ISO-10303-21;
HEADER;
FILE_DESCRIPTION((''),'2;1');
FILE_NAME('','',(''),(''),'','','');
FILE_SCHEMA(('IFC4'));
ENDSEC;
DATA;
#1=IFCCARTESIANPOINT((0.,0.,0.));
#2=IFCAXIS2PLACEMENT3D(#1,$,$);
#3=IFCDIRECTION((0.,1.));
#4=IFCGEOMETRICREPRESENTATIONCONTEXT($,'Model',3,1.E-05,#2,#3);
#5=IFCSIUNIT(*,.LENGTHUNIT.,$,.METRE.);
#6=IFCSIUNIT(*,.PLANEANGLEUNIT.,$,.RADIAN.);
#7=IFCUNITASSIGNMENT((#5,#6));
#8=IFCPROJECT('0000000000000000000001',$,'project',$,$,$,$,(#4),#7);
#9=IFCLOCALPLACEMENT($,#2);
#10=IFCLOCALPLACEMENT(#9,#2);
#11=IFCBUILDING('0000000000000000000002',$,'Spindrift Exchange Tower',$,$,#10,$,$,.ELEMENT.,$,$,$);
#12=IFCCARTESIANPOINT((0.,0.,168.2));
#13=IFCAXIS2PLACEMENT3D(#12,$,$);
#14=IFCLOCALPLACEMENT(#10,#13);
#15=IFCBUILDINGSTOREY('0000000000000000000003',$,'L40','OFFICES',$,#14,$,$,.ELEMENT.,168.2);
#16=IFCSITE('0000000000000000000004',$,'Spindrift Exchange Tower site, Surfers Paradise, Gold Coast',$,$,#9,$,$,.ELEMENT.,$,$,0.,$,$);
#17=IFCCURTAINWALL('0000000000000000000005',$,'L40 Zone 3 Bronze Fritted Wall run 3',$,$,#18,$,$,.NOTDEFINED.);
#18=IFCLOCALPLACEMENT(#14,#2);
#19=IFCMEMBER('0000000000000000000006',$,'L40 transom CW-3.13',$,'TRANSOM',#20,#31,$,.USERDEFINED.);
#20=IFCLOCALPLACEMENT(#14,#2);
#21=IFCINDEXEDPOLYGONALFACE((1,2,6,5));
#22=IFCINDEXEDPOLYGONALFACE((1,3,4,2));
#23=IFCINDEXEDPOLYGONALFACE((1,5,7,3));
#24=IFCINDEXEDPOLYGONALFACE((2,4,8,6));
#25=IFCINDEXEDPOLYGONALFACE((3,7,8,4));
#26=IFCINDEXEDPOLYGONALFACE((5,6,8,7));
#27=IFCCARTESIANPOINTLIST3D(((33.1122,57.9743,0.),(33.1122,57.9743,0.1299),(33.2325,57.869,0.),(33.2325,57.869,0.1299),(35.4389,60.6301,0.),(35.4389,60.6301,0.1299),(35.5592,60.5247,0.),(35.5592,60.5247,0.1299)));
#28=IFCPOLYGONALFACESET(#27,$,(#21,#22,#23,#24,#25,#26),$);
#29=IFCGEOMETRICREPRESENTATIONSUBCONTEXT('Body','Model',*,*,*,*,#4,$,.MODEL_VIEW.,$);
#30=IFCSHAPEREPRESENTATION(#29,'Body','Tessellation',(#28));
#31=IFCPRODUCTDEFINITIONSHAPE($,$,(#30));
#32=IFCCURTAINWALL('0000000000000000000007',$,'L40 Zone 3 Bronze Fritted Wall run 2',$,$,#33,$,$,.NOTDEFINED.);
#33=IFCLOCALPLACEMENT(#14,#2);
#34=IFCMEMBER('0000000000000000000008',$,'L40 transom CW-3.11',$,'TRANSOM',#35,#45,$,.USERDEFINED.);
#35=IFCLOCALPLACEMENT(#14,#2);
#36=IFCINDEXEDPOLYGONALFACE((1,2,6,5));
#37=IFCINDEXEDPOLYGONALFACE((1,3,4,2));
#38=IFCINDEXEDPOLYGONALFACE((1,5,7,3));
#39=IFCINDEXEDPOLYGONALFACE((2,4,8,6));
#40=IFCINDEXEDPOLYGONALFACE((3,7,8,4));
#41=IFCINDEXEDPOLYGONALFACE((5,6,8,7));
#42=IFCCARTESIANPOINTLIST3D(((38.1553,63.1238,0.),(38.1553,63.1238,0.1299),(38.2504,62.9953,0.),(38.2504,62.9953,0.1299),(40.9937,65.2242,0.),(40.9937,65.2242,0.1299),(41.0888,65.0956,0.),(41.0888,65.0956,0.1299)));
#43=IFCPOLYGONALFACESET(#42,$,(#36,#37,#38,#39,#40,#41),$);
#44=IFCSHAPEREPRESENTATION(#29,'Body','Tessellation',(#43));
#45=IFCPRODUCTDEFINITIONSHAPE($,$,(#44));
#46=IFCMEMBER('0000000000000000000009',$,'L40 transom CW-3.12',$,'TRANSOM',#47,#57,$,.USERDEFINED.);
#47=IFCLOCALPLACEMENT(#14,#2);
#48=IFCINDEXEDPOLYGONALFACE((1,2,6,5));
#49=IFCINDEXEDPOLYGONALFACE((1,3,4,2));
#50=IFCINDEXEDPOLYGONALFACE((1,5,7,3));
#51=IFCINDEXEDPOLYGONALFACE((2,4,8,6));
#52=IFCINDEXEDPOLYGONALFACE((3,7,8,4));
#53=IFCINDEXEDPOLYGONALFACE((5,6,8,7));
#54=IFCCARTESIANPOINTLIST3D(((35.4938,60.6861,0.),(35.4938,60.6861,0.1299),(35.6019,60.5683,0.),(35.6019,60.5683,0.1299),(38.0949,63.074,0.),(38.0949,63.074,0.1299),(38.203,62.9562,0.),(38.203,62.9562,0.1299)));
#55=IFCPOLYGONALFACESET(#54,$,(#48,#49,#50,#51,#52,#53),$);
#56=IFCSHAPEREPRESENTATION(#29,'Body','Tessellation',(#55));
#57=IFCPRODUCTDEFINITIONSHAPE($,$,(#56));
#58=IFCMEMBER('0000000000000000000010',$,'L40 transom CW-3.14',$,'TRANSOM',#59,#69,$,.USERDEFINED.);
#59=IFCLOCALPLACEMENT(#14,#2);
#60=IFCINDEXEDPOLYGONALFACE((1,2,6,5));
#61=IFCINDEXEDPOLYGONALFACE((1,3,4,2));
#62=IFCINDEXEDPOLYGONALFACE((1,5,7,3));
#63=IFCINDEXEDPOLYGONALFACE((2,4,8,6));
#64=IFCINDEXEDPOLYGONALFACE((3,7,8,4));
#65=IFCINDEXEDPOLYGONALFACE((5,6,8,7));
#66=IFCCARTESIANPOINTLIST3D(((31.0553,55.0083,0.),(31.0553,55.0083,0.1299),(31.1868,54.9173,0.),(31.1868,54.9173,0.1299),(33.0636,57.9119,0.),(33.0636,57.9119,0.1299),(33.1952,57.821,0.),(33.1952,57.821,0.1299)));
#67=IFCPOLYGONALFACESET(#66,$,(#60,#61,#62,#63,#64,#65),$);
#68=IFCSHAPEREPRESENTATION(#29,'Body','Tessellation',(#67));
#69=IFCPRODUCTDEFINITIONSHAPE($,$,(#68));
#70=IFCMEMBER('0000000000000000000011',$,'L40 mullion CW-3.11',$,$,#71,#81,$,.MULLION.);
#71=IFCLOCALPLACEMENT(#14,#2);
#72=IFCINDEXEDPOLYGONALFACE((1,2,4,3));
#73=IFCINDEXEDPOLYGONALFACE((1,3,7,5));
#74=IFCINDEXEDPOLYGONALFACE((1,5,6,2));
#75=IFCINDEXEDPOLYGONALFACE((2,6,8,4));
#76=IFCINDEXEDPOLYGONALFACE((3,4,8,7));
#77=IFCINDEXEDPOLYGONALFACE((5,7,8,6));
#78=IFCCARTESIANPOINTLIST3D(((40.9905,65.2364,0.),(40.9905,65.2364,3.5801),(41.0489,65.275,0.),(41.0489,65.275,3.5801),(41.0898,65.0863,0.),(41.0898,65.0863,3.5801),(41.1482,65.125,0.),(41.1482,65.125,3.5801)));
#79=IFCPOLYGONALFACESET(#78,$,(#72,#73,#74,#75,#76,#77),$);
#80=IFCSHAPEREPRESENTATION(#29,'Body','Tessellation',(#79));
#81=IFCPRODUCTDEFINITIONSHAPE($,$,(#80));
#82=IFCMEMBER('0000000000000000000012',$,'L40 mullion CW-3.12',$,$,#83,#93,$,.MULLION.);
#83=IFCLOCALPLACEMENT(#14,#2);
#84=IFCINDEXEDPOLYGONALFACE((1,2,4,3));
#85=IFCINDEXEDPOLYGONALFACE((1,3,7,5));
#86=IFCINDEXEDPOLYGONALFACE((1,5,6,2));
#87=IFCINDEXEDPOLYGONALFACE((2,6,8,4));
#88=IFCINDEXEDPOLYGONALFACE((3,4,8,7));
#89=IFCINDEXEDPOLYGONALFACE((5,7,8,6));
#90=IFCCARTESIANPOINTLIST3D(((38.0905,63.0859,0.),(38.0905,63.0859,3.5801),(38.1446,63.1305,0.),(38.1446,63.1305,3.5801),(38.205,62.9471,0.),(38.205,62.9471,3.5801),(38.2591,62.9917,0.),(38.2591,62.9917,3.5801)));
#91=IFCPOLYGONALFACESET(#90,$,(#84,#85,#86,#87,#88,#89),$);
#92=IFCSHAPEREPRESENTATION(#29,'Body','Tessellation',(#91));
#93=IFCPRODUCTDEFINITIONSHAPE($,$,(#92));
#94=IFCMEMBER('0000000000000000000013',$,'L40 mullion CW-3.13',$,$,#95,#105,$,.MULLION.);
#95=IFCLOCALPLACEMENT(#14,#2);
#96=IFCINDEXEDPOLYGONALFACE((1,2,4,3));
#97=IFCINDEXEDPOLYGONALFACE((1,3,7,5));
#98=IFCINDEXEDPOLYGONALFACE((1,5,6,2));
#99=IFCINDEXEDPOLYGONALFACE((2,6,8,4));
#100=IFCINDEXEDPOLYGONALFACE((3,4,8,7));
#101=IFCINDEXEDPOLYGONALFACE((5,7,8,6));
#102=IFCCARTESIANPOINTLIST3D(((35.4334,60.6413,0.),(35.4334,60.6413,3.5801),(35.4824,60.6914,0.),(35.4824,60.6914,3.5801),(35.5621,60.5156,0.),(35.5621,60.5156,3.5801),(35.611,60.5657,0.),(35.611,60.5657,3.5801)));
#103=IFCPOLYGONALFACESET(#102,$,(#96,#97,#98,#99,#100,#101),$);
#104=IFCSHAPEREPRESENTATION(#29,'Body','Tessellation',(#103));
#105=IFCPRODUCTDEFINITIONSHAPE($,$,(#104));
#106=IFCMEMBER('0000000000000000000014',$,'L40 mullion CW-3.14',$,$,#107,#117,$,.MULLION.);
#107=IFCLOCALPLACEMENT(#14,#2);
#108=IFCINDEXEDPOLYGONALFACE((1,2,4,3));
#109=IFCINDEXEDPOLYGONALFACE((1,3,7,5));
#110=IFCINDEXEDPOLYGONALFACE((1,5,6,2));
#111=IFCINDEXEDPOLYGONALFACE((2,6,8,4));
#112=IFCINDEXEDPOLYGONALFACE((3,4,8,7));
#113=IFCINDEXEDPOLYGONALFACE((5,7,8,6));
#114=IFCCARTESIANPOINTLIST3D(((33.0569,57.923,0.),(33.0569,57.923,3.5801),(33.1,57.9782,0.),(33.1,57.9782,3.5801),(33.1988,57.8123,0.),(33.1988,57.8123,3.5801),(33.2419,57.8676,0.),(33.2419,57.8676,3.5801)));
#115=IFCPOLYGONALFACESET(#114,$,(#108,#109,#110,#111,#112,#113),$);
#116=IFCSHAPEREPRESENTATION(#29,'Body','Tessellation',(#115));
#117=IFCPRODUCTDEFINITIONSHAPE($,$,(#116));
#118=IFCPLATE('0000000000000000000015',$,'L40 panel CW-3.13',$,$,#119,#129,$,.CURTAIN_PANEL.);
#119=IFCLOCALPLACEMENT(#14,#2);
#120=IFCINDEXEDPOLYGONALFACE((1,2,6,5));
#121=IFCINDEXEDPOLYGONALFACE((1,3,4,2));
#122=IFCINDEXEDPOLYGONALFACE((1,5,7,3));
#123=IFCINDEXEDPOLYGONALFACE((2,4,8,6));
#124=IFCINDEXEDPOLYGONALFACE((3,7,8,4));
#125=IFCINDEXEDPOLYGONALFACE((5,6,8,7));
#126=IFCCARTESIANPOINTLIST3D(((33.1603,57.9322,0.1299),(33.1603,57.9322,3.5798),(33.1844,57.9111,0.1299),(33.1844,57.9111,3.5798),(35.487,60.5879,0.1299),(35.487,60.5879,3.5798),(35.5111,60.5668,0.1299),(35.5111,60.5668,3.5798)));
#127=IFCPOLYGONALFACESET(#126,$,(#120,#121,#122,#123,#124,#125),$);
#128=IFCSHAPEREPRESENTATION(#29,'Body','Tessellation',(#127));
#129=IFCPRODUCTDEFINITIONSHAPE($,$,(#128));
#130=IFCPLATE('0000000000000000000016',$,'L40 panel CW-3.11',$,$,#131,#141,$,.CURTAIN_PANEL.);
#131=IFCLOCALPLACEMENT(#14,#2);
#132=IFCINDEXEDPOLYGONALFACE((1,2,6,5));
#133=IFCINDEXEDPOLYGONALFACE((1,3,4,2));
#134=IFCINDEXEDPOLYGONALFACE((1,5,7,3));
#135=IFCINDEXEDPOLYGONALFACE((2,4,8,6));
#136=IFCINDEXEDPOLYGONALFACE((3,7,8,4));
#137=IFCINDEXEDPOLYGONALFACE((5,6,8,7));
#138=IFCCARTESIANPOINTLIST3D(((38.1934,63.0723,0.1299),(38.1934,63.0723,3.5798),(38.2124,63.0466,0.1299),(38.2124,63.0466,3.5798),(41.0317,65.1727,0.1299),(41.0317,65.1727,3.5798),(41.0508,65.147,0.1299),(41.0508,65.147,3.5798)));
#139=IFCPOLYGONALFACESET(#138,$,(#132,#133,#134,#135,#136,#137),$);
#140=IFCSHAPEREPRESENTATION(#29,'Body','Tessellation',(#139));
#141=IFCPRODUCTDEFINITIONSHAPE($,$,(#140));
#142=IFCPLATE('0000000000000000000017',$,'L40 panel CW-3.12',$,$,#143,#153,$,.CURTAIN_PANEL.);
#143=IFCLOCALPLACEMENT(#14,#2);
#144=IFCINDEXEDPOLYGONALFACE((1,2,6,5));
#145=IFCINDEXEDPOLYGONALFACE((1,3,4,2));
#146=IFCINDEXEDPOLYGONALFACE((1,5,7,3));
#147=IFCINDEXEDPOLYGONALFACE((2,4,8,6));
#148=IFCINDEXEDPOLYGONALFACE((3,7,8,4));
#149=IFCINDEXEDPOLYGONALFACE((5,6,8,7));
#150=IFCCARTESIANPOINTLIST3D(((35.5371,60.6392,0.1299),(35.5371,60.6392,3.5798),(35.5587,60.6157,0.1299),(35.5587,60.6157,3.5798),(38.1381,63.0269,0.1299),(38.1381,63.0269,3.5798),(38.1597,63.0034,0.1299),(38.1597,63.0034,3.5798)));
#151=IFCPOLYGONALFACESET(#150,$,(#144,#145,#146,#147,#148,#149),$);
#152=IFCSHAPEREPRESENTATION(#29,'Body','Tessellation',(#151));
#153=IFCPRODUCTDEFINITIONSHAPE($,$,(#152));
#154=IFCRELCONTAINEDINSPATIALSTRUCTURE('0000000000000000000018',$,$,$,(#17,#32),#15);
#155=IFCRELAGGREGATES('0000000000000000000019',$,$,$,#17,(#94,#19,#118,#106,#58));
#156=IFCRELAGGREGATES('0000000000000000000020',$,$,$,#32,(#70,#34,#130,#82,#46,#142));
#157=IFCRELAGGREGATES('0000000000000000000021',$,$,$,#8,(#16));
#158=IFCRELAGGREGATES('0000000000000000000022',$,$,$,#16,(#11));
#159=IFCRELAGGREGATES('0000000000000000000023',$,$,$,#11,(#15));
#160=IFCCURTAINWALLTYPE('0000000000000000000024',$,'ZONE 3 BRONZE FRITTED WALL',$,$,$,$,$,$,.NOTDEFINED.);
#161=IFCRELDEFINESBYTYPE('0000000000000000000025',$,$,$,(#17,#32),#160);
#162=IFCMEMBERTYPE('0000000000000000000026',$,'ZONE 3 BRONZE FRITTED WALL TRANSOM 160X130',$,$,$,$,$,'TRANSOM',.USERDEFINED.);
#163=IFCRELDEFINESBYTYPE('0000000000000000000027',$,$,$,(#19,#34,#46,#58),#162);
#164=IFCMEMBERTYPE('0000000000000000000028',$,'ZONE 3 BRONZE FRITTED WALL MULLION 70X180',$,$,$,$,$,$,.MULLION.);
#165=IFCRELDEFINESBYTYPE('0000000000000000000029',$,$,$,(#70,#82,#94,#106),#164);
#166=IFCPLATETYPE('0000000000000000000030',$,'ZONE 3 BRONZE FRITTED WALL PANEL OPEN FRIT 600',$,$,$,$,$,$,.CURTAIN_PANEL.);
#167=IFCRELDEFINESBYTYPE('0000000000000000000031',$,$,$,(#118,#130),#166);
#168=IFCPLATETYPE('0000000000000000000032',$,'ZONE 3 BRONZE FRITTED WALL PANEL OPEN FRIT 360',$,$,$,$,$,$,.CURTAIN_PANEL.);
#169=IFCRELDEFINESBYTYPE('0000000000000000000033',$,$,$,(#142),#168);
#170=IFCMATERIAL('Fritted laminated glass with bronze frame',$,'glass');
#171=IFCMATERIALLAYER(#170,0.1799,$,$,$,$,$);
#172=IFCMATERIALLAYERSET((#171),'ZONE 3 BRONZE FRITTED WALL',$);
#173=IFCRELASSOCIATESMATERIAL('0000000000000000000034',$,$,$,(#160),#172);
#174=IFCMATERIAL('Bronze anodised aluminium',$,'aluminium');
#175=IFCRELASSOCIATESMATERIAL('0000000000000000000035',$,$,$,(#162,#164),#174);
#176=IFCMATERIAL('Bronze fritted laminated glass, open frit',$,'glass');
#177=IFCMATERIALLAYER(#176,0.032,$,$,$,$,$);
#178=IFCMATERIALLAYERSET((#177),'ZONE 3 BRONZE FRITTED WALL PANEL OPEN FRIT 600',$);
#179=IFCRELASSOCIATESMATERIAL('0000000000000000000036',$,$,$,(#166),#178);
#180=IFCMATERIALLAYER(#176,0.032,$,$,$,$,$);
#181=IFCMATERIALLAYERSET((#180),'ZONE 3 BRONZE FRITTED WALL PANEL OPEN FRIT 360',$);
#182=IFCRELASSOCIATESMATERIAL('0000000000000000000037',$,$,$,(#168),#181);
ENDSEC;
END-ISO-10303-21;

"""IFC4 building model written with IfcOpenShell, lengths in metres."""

from ifc_helpers import new_model, si_unit, direction, frame, origin, origin_2d, place, context, subcontext, project, spatial, rectangle, extrude, source, transform, mapped, material, layer, layer_set, material_profile, profile_set, type_object, element, aggregate, save


model = new_model("IFC4")

# Units and contexts
model_context = context("Model", 3, precision=1e-05, world=origin(), true_north=direction((0.0, 1.0)))
body_context = subcontext(model_context, "Body", "Model", "MODEL_VIEW")
ifc_project = project(units=[si_unit("LENGTHUNIT", "METRE"), si_unit("PLANEANGLEUNIT", "RADIAN")], contexts=[model_context])

# Site, building, storey
site_placement = place(None, origin())
site = spatial("IfcSite", under=ifc_project, at=site_placement, Name="Spindrift Exchange Tower site, Surfers Paradise, Gold Coast", CompositionType="ELEMENT", RefElevation=0.0)
building_placement = place(site_placement, origin())
building = spatial("IfcBuilding", under=site, at=building_placement, Name="Spindrift Exchange Tower", CompositionType="ELEMENT")
storey_placement = place(building_placement, frame((0.0, 0.0, 168.2)))
storey = spatial("IfcBuildingStorey", under=building, at=storey_placement, Name="L40", Description="OFFICES", CompositionType="ELEMENT", Elevation=168.2)

# Curtain wall, member
ifc_material_1 = material(Name="Fritted laminated glass with bronze frame", Category="glass")
ifc_layer_1 = layer(ifc_material_1, 0.1799)
ifc_layer_set_1 = layer_set([ifc_layer_1], Name="ZONE 3 BRONZE FRITTED WALL")
curtain_wall_type = type_object("IfcCurtainWallType", Name="ZONE 3 BRONZE FRITTED WALL", PredefinedType="NOTDEFINED", material=ifc_layer_set_1)
curtain_wall_1_placement = place(storey_placement, origin())
curtain_wall_1 = element("IfcCurtainWall", 1, at=curtain_wall_1_placement, inside=storey, type_object=curtain_wall_type, Name="L40 Zone 3 Bronze Fritted Wall run 3", PredefinedType="NOTDEFINED")
ifc_material_2 = material(Name="Bronze anodised aluminium", Category="aluminium")
ifc_material_profile_1 = material_profile(ifc_material_2, rectangle(XDim=0.1599, YDim=0.1299, at=origin_2d()), Name="ZONE 3 BRONZE FRITTED WALL TRANSOM 160X130")
ifc_profile_set_1 = profile_set([ifc_material_profile_1], Name="Bronze anodised aluminium")
member_type_1 = type_object("IfcMemberType", Name="ZONE 3 BRONZE FRITTED WALL TRANSOM 160X130", ElementType="TRANSOM", PredefinedType="USERDEFINED", material=ifc_profile_set_1)
shared_shape_1 = source(origin(), body_context, "Body", "SweptSolid", [
    extrude(rectangle(XDim=0.1599, YDim=0.1299, at=origin_2d()), origin(), (0.0, 0.0, 1.0), 3.5308),
])
member_1_placement = place(storey_placement, frame((35.499, 60.5774, 0.0649), z_axis=(-0.658965, -0.752174, 0.0), x_axis=(0.752174, -0.658965, 0.0)))
member_1 = element("IfcMember", 2, at=member_1_placement, type_object=member_type_1, Name="L40 transom CW-3.13", ObjectType="TRANSOM", PredefinedType="USERDEFINED", context=body_context, shape_type="MappedRepresentation", body=[
    mapped(shared_shape_1, transform((0.0, 0.0, 0.0), scale=1.0)),
])

# Curtain wall, members
curtain_wall_2_placement = place(storey_placement, origin())
curtain_wall_2 = element("IfcCurtainWall", 3, at=curtain_wall_2_placement, inside=storey, type_object=curtain_wall_type, Name="L40 Zone 3 Bronze Fritted Wall run 2", PredefinedType="NOTDEFINED")
shared_shape_2 = source(origin(), body_context, "Body", "SweptSolid", [
    extrude(rectangle(XDim=0.1599, YDim=0.1299, at=origin_2d()), origin(), (0.0, 0.0, 1.0), 3.531),
])
member_2_placement = place(storey_placement, frame((41.0413, 65.1599, 0.0649), z_axis=(-0.80385, -0.594832, 0.0), x_axis=(0.594832, -0.80385, 0.0)))
member_2 = element("IfcMember", 4, at=member_2_placement, type_object=member_type_1, Name="L40 transom CW-3.11", ObjectType="TRANSOM", PredefinedType="USERDEFINED", context=body_context, shape_type="MappedRepresentation", body=[
    mapped(shared_shape_2, transform((0.0, 0.0, 0.0), scale=1.0)),
])
member_3_placement = place(storey_placement, frame((38.1489, 63.0151, 0.0649), z_axis=(-0.736643, -0.676282, 0.0), x_axis=(0.676282, -0.736643, 0.0)))
member_3 = element("IfcMember", 5, at=member_3_placement, type_object=member_type_1, Name="L40 transom CW-3.12", ObjectType="TRANSOM", PredefinedType="USERDEFINED", context=body_context, shape_type="MappedRepresentation", body=[
    mapped(shared_shape_2, transform((0.0, 0.0, 0.0), scale=1.0)),
])

# Members
shared_shape_3 = source(origin(), body_context, "Body", "SweptSolid", [
    extrude(rectangle(XDim=0.1599, YDim=0.1299, at=origin_2d()), origin(), (0.0, 0.0, 1.0), 3.5305),
])
member_4_placement = place(storey_placement, frame((33.1294, 57.8665, 0.0649), z_axis=(-0.568854, -0.822439, 0.0), x_axis=(0.822439, -0.568854, 0.0)))
member_4 = element("IfcMember", 6, at=member_4_placement, type_object=member_type_1, Name="L40 transom CW-3.14", ObjectType="TRANSOM", PredefinedType="USERDEFINED", context=body_context, shape_type="MappedRepresentation", body=[
    mapped(shared_shape_3, transform((0.0, 0.0, 0.0), scale=1.0)),
])
ifc_material_profile_2 = material_profile(ifc_material_2, rectangle(XDim=0.0701, YDim=0.1799, at=origin_2d()), Name="ZONE 3 BRONZE FRITTED WALL MULLION 70X180")
ifc_profile_set_2 = profile_set([ifc_material_profile_2], Name="Bronze anodised aluminium")
member_type_2 = type_object("IfcMemberType", Name="ZONE 3 BRONZE FRITTED WALL MULLION 70X180", PredefinedType="MULLION", material=ifc_profile_set_2)
shared_shape_4 = source(origin(), body_context, "Body", "SweptSolid", [
    extrude(rectangle(XDim=0.0701, YDim=0.1799, at=origin_2d()), origin(), (0.0, 0.0, 1.0), 3.5801),
])
member_5_placement = place(storey_placement, frame((41.0693, 65.1807, 0.0), z_axis=(0.0, 0.0, 1.0), x_axis=(-0.833949, -0.551841, 0.0)))
member_5 = element("IfcMember", 7, at=member_5_placement, type_object=member_type_2, Name="L40 mullion CW-3.11", PredefinedType="MULLION", context=body_context, shape_type="MappedRepresentation", body=[
    mapped(shared_shape_4, transform((0.0, 0.0, 0.0), scale=1.0)),
])
member_6_placement = place(storey_placement, frame((38.1748, 63.0388, 0.0), z_axis=(0.0, 0.0, 1.0), x_axis=(-0.771328, -0.636438, 0.0)))
member_6 = element("IfcMember", 8, at=member_6_placement, type_object=member_type_2, Name="L40 mullion CW-3.12", PredefinedType="MULLION", context=body_context, shape_type="MappedRepresentation", body=[
    mapped(shared_shape_4, transform((0.0, 0.0, 0.0), scale=1.0)),
])
member_7_placement = place(storey_placement, frame((35.5222, 60.6035, 0.0), z_axis=(0.0, 0.0, 1.0), x_axis=(-0.698854, -0.715265, 0.0)))
member_7 = element("IfcMember", 9, at=member_7_placement, type_object=member_type_2, Name="L40 mullion CW-3.13", PredefinedType="MULLION", context=body_context, shape_type="MappedRepresentation", body=[
    mapped(shared_shape_4, transform((0.0, 0.0, 0.0), scale=1.0)),
])
member_8_placement = place(storey_placement, frame((33.1494, 57.8953, 0.0), z_axis=(0.0, 0.0, 1.0), x_axis=(-0.614923, -0.788587, 0.0)))
member_8 = element("IfcMember", 10, at=member_8_placement, type_object=member_type_2, Name="L40 mullion CW-3.14", PredefinedType="MULLION", context=body_context, shape_type="MappedRepresentation", body=[
    mapped(shared_shape_4, transform((0.0, 0.0, 0.0), scale=1.0)),
])

# Plates
ifc_material_3 = material(Name="Bronze fritted laminated glass, open frit", Category="glass")
ifc_layer_2 = layer(ifc_material_3, 0.032)
ifc_layer_set_2 = layer_set([ifc_layer_2], Name="ZONE 3 BRONZE FRITTED WALL PANEL OPEN FRIT 600")
plate_type_1 = type_object("IfcPlateType", Name="ZONE 3 BRONZE FRITTED WALL PANEL OPEN FRIT 600", PredefinedType="CURTAIN_PANEL", material=ifc_layer_set_2)
shared_shape_5 = source(origin(), body_context, "Body", "SweptSolid", [
    extrude(rectangle(XDim=3.5308, YDim=0.032, at=origin_2d()), origin(), (0.0, 0.0, 1.0), 3.45),
])
plate_1_placement = place(storey_placement, frame((34.3357, 59.2495, 0.1299), z_axis=(0.0, 0.0, 1.0), x_axis=(-0.658982, -0.752158, 0.0)))
plate_1 = element("IfcPlate", 11, at=plate_1_placement, type_object=plate_type_1, Name="L40 panel CW-3.13", PredefinedType="CURTAIN_PANEL", context=body_context, shape_type="MappedRepresentation", body=[
    mapped(shared_shape_5, transform((0.0, 0.0, 0.0), scale=1.0)),
])
aggregate(curtain_wall_1, [member_7, member_1, plate_1, member_8, member_4])
shared_shape_6 = source(origin(), body_context, "Body", "SweptSolid", [
    extrude(rectangle(XDim=3.531, YDim=0.032, at=origin_2d()), origin(), (0.0, 0.0, 1.0), 3.45),
])
plate_2_placement = place(storey_placement, frame((39.6221, 64.1096, 0.1299), z_axis=(0.0, 0.0, 1.0), x_axis=(-0.803842, -0.594842, 0.0)))
plate_2 = element("IfcPlate", 12, at=plate_2_placement, type_object=plate_type_1, Name="L40 panel CW-3.11", PredefinedType="CURTAIN_PANEL", context=body_context, shape_type="MappedRepresentation", body=[
    mapped(shared_shape_6, transform((0.0, 0.0, 0.0), scale=1.0)),
])
ifc_layer_3 = layer(ifc_material_3, 0.032)
ifc_layer_set_3 = layer_set([ifc_layer_3], Name="ZONE 3 BRONZE FRITTED WALL PANEL OPEN FRIT 360")
plate_type_2 = type_object("IfcPlateType", Name="ZONE 3 BRONZE FRITTED WALL PANEL OPEN FRIT 360", PredefinedType="CURTAIN_PANEL", material=ifc_layer_set_3)
shared_shape_7 = source(origin(), body_context, "Body", "SweptSolid", [
    extrude(rectangle(XDim=3.5308, YDim=0.032, at=origin_2d()), origin(), (0.0, 0.0, 1.0), 3.45),
])
plate_3_placement = place(storey_placement, frame((36.8484, 61.8213, 0.1299), z_axis=(0.0, 0.0, 1.0), x_axis=(-0.736663, -0.67626, 0.0)))
plate_3 = element("IfcPlate", 13, at=plate_3_placement, type_object=plate_type_2, Name="L40 panel CW-3.12", PredefinedType="CURTAIN_PANEL", context=body_context, shape_type="MappedRepresentation", body=[
    mapped(shared_shape_7, transform((0.0, 0.0, 0.0), scale=1.0)),
])
aggregate(curtain_wall_2, [member_5, member_2, plate_2, member_6, member_3, plate_3])

save(model, "model.ifc")
